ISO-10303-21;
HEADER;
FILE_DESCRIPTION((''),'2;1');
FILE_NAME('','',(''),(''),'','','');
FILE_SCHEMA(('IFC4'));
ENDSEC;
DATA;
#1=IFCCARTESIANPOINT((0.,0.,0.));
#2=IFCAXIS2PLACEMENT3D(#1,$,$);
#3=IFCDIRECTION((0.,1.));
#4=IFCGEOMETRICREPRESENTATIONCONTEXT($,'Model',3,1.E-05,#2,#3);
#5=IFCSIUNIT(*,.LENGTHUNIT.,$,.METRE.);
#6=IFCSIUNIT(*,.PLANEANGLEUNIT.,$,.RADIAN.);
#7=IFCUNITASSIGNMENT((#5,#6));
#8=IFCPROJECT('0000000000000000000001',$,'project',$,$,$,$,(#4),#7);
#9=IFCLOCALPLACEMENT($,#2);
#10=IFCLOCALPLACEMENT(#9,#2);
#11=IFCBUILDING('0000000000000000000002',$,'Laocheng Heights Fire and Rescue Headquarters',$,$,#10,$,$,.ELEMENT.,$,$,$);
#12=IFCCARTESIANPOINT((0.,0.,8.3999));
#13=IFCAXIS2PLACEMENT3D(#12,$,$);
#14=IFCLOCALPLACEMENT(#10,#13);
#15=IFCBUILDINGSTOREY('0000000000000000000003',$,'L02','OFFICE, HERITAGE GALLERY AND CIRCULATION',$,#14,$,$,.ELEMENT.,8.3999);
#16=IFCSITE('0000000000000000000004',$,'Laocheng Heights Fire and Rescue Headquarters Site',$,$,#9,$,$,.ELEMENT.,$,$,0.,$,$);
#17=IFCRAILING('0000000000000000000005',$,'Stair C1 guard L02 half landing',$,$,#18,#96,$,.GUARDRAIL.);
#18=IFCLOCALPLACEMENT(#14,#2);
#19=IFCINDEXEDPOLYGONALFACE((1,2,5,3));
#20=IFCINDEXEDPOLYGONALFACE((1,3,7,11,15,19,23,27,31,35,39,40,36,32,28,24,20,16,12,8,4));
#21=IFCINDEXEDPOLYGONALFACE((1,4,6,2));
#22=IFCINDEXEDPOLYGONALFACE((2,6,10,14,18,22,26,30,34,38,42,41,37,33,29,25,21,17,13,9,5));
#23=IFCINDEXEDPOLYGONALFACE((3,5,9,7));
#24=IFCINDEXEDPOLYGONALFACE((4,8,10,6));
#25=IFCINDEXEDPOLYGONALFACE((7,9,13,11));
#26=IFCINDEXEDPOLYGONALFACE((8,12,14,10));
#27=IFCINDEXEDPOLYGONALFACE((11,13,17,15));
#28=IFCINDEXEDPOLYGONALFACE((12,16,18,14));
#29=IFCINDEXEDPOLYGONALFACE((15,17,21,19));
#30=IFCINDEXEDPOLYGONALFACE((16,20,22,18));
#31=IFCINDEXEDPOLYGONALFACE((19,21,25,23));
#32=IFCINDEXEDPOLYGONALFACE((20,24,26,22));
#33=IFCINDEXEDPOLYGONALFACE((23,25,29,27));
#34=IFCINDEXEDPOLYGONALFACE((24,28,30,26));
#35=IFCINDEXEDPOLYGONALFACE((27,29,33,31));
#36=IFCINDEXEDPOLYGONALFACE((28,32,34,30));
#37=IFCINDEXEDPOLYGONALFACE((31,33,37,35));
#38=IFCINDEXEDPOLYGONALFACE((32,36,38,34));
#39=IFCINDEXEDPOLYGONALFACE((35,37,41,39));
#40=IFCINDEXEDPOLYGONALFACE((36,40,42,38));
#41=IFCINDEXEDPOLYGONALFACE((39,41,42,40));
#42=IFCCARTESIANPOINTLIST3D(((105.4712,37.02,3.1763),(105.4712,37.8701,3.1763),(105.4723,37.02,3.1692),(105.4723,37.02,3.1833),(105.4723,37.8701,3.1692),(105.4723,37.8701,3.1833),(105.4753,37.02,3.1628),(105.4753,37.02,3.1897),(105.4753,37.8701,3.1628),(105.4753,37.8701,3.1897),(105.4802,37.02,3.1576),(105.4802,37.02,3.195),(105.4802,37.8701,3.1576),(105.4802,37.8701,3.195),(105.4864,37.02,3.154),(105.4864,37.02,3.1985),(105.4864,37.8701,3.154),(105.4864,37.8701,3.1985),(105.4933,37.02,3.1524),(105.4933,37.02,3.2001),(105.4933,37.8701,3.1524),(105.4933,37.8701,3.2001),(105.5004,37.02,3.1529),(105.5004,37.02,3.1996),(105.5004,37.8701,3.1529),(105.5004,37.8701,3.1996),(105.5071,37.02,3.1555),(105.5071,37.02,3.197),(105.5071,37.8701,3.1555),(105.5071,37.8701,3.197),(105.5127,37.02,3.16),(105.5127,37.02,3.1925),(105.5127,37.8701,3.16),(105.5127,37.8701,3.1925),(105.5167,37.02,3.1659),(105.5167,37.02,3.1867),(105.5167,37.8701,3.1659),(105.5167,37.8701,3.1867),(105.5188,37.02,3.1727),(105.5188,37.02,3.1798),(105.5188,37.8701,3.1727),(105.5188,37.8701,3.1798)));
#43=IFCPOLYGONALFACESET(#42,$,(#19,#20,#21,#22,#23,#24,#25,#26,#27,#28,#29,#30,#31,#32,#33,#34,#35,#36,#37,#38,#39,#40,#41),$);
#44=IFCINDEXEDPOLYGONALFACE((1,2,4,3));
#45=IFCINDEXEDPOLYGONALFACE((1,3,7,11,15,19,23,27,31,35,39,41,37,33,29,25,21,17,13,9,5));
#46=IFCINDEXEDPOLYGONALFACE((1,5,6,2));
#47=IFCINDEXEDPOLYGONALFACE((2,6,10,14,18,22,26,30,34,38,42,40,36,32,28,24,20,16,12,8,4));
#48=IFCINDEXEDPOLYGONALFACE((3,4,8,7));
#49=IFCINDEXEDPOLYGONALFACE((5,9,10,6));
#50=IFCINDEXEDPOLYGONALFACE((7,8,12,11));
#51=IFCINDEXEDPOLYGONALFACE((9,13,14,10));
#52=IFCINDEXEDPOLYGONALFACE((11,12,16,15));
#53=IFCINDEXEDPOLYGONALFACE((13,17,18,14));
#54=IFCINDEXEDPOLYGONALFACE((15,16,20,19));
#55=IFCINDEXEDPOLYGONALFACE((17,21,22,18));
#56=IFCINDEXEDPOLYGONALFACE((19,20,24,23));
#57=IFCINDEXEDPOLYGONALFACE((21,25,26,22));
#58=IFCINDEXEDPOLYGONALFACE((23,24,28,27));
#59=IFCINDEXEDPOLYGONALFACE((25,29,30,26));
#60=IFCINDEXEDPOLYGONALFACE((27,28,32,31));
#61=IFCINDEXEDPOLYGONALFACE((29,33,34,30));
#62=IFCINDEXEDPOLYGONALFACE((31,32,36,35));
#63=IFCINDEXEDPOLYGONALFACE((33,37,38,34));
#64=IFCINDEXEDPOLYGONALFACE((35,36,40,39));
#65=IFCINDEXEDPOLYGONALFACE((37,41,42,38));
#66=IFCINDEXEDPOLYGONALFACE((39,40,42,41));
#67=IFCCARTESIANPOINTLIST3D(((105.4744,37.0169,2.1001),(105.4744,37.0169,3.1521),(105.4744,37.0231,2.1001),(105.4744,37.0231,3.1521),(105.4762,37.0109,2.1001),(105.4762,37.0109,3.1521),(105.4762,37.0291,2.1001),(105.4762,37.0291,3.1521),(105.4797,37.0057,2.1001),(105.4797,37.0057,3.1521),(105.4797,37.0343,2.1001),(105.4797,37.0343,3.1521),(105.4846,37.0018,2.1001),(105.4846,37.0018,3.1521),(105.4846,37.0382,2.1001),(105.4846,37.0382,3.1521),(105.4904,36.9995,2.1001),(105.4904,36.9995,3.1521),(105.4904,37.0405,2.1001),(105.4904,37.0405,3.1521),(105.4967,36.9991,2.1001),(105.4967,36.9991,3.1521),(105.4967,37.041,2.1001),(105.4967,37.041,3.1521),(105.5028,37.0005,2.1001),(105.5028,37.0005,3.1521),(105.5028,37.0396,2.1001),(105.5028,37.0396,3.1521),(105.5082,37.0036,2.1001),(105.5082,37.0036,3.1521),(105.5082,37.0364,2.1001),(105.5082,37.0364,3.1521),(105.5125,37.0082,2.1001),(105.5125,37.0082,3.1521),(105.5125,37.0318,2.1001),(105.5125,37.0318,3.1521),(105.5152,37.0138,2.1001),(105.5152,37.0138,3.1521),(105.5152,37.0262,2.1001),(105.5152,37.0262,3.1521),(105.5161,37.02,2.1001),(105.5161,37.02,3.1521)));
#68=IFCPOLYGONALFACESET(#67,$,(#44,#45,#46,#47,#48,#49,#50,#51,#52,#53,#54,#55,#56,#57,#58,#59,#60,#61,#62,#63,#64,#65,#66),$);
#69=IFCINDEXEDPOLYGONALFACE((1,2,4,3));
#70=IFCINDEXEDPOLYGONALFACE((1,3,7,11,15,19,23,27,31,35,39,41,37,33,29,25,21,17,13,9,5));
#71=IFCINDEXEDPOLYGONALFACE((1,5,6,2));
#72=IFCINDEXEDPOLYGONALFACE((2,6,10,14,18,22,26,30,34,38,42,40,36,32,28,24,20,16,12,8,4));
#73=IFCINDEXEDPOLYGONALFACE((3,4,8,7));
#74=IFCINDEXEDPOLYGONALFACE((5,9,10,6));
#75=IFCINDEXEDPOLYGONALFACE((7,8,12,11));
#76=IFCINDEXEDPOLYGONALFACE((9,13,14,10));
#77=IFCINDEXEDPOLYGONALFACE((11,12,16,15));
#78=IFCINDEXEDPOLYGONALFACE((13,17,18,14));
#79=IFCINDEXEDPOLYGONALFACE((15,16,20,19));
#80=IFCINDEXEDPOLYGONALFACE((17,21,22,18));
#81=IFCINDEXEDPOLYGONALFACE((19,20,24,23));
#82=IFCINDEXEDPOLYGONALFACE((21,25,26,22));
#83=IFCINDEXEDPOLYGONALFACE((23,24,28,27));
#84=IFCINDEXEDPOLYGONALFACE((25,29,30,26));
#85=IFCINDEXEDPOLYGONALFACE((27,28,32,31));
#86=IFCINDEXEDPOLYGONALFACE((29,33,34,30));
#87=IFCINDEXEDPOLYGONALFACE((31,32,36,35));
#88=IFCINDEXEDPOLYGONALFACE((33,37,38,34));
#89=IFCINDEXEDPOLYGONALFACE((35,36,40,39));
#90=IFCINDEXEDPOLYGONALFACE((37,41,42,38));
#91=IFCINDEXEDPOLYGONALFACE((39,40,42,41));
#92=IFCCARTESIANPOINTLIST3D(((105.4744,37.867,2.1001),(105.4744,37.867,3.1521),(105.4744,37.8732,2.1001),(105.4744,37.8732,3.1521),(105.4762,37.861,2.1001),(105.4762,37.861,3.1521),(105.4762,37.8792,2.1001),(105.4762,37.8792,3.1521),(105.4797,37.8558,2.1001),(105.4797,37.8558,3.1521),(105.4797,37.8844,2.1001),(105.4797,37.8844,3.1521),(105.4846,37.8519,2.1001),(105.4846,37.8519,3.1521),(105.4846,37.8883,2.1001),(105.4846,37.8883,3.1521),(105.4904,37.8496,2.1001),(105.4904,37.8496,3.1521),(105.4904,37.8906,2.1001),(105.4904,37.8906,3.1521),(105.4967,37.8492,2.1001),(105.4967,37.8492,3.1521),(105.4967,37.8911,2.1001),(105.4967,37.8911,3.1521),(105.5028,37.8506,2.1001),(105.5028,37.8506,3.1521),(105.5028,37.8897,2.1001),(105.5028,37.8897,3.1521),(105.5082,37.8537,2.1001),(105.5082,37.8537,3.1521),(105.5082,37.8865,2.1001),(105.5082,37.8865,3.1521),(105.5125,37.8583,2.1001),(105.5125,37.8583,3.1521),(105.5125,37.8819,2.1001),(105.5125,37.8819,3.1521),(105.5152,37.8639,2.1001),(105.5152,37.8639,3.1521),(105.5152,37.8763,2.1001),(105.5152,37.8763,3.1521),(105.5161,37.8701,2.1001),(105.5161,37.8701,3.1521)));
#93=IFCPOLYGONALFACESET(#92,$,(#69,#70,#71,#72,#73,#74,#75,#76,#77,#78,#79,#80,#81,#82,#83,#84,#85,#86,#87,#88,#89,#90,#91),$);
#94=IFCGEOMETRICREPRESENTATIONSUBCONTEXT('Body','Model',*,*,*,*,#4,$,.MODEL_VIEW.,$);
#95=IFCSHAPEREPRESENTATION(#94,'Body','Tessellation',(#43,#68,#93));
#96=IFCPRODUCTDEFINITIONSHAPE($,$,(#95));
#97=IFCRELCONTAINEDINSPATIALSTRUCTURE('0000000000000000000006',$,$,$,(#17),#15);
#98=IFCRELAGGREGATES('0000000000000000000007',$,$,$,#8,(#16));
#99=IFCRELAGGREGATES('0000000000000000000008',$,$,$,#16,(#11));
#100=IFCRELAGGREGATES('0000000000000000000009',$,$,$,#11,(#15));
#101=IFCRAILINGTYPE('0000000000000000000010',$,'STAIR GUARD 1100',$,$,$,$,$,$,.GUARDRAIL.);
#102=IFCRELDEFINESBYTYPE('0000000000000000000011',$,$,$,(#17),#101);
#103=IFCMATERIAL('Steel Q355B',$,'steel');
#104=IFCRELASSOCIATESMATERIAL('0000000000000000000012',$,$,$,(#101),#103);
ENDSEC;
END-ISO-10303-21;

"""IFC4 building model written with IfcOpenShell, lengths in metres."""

from ifc_helpers import new_model, si_unit, direction, frame, origin, origin_2d, place, context, subcontext, project, spatial, circle, extrude, material, type_object, element, save


model = new_model("IFC4")

# Units and contexts
model_context = context("Model", 3, precision=1e-05, world=origin(), true_north=direction((0.0, 1.0)))
body_context = subcontext(model_context, "Body", "Model", "MODEL_VIEW")
ifc_project = project(units=[si_unit("LENGTHUNIT", "METRE"), si_unit("PLANEANGLEUNIT", "RADIAN")], contexts=[model_context])

# Site, building, storey
site_placement = place(None, origin())
site = spatial("IfcSite", under=ifc_project, at=site_placement, Name="Laocheng Heights Fire and Rescue Headquarters Site", CompositionType="ELEMENT", RefElevation=0.0)
building_placement = place(site_placement, origin())
building = spatial("IfcBuilding", under=site, at=building_placement, Name="Laocheng Heights Fire and Rescue Headquarters", CompositionType="ELEMENT")
storey_placement = place(building_placement, frame((0.0, 0.0, 8.3999)))
storey = spatial("IfcBuildingStorey", under=building, at=storey_placement, Name="L02", Description="OFFICE, HERITAGE GALLERY AND CIRCULATION", CompositionType="ELEMENT", Elevation=8.3999)

# Railing
ifc_material_1 = material(Name="Steel Q355B", Category="steel")
railing_type_1 = type_object("IfcRailingType", Name="STAIR GUARD 1100", PredefinedType="GUARDRAIL", material=ifc_material_1)
railing_1_placement = place(storey_placement, frame((105.4951, 37.02, 2.1001)))
element("IfcRailing", 1, at=railing_1_placement, inside=storey, type_object=railing_type_1, Name="Stair C1 guard L02 half landing", PredefinedType="GUARDRAIL", context=body_context, shape_type="SweptSolid", body=[
    extrude(circle(Radius=0.0239, at=origin_2d()), frame((0.0, 0.0, 1.0762), z_axis=(0.0, 1.0, 0.0), x_axis=(-1.0, 0.0, 0.0)), (0.0, 0.0, 1.0), 0.8501),
    extrude(circle(Radius=0.021, at=origin_2d()), origin(), (0.0, 0.0, 1.0), 1.052),
    extrude(circle(Radius=0.021, at=origin_2d()), frame((0.0, 0.8501, 0.0)), (0.0, 0.0, 1.0), 1.052),
])

save(model, "model.ifc")
